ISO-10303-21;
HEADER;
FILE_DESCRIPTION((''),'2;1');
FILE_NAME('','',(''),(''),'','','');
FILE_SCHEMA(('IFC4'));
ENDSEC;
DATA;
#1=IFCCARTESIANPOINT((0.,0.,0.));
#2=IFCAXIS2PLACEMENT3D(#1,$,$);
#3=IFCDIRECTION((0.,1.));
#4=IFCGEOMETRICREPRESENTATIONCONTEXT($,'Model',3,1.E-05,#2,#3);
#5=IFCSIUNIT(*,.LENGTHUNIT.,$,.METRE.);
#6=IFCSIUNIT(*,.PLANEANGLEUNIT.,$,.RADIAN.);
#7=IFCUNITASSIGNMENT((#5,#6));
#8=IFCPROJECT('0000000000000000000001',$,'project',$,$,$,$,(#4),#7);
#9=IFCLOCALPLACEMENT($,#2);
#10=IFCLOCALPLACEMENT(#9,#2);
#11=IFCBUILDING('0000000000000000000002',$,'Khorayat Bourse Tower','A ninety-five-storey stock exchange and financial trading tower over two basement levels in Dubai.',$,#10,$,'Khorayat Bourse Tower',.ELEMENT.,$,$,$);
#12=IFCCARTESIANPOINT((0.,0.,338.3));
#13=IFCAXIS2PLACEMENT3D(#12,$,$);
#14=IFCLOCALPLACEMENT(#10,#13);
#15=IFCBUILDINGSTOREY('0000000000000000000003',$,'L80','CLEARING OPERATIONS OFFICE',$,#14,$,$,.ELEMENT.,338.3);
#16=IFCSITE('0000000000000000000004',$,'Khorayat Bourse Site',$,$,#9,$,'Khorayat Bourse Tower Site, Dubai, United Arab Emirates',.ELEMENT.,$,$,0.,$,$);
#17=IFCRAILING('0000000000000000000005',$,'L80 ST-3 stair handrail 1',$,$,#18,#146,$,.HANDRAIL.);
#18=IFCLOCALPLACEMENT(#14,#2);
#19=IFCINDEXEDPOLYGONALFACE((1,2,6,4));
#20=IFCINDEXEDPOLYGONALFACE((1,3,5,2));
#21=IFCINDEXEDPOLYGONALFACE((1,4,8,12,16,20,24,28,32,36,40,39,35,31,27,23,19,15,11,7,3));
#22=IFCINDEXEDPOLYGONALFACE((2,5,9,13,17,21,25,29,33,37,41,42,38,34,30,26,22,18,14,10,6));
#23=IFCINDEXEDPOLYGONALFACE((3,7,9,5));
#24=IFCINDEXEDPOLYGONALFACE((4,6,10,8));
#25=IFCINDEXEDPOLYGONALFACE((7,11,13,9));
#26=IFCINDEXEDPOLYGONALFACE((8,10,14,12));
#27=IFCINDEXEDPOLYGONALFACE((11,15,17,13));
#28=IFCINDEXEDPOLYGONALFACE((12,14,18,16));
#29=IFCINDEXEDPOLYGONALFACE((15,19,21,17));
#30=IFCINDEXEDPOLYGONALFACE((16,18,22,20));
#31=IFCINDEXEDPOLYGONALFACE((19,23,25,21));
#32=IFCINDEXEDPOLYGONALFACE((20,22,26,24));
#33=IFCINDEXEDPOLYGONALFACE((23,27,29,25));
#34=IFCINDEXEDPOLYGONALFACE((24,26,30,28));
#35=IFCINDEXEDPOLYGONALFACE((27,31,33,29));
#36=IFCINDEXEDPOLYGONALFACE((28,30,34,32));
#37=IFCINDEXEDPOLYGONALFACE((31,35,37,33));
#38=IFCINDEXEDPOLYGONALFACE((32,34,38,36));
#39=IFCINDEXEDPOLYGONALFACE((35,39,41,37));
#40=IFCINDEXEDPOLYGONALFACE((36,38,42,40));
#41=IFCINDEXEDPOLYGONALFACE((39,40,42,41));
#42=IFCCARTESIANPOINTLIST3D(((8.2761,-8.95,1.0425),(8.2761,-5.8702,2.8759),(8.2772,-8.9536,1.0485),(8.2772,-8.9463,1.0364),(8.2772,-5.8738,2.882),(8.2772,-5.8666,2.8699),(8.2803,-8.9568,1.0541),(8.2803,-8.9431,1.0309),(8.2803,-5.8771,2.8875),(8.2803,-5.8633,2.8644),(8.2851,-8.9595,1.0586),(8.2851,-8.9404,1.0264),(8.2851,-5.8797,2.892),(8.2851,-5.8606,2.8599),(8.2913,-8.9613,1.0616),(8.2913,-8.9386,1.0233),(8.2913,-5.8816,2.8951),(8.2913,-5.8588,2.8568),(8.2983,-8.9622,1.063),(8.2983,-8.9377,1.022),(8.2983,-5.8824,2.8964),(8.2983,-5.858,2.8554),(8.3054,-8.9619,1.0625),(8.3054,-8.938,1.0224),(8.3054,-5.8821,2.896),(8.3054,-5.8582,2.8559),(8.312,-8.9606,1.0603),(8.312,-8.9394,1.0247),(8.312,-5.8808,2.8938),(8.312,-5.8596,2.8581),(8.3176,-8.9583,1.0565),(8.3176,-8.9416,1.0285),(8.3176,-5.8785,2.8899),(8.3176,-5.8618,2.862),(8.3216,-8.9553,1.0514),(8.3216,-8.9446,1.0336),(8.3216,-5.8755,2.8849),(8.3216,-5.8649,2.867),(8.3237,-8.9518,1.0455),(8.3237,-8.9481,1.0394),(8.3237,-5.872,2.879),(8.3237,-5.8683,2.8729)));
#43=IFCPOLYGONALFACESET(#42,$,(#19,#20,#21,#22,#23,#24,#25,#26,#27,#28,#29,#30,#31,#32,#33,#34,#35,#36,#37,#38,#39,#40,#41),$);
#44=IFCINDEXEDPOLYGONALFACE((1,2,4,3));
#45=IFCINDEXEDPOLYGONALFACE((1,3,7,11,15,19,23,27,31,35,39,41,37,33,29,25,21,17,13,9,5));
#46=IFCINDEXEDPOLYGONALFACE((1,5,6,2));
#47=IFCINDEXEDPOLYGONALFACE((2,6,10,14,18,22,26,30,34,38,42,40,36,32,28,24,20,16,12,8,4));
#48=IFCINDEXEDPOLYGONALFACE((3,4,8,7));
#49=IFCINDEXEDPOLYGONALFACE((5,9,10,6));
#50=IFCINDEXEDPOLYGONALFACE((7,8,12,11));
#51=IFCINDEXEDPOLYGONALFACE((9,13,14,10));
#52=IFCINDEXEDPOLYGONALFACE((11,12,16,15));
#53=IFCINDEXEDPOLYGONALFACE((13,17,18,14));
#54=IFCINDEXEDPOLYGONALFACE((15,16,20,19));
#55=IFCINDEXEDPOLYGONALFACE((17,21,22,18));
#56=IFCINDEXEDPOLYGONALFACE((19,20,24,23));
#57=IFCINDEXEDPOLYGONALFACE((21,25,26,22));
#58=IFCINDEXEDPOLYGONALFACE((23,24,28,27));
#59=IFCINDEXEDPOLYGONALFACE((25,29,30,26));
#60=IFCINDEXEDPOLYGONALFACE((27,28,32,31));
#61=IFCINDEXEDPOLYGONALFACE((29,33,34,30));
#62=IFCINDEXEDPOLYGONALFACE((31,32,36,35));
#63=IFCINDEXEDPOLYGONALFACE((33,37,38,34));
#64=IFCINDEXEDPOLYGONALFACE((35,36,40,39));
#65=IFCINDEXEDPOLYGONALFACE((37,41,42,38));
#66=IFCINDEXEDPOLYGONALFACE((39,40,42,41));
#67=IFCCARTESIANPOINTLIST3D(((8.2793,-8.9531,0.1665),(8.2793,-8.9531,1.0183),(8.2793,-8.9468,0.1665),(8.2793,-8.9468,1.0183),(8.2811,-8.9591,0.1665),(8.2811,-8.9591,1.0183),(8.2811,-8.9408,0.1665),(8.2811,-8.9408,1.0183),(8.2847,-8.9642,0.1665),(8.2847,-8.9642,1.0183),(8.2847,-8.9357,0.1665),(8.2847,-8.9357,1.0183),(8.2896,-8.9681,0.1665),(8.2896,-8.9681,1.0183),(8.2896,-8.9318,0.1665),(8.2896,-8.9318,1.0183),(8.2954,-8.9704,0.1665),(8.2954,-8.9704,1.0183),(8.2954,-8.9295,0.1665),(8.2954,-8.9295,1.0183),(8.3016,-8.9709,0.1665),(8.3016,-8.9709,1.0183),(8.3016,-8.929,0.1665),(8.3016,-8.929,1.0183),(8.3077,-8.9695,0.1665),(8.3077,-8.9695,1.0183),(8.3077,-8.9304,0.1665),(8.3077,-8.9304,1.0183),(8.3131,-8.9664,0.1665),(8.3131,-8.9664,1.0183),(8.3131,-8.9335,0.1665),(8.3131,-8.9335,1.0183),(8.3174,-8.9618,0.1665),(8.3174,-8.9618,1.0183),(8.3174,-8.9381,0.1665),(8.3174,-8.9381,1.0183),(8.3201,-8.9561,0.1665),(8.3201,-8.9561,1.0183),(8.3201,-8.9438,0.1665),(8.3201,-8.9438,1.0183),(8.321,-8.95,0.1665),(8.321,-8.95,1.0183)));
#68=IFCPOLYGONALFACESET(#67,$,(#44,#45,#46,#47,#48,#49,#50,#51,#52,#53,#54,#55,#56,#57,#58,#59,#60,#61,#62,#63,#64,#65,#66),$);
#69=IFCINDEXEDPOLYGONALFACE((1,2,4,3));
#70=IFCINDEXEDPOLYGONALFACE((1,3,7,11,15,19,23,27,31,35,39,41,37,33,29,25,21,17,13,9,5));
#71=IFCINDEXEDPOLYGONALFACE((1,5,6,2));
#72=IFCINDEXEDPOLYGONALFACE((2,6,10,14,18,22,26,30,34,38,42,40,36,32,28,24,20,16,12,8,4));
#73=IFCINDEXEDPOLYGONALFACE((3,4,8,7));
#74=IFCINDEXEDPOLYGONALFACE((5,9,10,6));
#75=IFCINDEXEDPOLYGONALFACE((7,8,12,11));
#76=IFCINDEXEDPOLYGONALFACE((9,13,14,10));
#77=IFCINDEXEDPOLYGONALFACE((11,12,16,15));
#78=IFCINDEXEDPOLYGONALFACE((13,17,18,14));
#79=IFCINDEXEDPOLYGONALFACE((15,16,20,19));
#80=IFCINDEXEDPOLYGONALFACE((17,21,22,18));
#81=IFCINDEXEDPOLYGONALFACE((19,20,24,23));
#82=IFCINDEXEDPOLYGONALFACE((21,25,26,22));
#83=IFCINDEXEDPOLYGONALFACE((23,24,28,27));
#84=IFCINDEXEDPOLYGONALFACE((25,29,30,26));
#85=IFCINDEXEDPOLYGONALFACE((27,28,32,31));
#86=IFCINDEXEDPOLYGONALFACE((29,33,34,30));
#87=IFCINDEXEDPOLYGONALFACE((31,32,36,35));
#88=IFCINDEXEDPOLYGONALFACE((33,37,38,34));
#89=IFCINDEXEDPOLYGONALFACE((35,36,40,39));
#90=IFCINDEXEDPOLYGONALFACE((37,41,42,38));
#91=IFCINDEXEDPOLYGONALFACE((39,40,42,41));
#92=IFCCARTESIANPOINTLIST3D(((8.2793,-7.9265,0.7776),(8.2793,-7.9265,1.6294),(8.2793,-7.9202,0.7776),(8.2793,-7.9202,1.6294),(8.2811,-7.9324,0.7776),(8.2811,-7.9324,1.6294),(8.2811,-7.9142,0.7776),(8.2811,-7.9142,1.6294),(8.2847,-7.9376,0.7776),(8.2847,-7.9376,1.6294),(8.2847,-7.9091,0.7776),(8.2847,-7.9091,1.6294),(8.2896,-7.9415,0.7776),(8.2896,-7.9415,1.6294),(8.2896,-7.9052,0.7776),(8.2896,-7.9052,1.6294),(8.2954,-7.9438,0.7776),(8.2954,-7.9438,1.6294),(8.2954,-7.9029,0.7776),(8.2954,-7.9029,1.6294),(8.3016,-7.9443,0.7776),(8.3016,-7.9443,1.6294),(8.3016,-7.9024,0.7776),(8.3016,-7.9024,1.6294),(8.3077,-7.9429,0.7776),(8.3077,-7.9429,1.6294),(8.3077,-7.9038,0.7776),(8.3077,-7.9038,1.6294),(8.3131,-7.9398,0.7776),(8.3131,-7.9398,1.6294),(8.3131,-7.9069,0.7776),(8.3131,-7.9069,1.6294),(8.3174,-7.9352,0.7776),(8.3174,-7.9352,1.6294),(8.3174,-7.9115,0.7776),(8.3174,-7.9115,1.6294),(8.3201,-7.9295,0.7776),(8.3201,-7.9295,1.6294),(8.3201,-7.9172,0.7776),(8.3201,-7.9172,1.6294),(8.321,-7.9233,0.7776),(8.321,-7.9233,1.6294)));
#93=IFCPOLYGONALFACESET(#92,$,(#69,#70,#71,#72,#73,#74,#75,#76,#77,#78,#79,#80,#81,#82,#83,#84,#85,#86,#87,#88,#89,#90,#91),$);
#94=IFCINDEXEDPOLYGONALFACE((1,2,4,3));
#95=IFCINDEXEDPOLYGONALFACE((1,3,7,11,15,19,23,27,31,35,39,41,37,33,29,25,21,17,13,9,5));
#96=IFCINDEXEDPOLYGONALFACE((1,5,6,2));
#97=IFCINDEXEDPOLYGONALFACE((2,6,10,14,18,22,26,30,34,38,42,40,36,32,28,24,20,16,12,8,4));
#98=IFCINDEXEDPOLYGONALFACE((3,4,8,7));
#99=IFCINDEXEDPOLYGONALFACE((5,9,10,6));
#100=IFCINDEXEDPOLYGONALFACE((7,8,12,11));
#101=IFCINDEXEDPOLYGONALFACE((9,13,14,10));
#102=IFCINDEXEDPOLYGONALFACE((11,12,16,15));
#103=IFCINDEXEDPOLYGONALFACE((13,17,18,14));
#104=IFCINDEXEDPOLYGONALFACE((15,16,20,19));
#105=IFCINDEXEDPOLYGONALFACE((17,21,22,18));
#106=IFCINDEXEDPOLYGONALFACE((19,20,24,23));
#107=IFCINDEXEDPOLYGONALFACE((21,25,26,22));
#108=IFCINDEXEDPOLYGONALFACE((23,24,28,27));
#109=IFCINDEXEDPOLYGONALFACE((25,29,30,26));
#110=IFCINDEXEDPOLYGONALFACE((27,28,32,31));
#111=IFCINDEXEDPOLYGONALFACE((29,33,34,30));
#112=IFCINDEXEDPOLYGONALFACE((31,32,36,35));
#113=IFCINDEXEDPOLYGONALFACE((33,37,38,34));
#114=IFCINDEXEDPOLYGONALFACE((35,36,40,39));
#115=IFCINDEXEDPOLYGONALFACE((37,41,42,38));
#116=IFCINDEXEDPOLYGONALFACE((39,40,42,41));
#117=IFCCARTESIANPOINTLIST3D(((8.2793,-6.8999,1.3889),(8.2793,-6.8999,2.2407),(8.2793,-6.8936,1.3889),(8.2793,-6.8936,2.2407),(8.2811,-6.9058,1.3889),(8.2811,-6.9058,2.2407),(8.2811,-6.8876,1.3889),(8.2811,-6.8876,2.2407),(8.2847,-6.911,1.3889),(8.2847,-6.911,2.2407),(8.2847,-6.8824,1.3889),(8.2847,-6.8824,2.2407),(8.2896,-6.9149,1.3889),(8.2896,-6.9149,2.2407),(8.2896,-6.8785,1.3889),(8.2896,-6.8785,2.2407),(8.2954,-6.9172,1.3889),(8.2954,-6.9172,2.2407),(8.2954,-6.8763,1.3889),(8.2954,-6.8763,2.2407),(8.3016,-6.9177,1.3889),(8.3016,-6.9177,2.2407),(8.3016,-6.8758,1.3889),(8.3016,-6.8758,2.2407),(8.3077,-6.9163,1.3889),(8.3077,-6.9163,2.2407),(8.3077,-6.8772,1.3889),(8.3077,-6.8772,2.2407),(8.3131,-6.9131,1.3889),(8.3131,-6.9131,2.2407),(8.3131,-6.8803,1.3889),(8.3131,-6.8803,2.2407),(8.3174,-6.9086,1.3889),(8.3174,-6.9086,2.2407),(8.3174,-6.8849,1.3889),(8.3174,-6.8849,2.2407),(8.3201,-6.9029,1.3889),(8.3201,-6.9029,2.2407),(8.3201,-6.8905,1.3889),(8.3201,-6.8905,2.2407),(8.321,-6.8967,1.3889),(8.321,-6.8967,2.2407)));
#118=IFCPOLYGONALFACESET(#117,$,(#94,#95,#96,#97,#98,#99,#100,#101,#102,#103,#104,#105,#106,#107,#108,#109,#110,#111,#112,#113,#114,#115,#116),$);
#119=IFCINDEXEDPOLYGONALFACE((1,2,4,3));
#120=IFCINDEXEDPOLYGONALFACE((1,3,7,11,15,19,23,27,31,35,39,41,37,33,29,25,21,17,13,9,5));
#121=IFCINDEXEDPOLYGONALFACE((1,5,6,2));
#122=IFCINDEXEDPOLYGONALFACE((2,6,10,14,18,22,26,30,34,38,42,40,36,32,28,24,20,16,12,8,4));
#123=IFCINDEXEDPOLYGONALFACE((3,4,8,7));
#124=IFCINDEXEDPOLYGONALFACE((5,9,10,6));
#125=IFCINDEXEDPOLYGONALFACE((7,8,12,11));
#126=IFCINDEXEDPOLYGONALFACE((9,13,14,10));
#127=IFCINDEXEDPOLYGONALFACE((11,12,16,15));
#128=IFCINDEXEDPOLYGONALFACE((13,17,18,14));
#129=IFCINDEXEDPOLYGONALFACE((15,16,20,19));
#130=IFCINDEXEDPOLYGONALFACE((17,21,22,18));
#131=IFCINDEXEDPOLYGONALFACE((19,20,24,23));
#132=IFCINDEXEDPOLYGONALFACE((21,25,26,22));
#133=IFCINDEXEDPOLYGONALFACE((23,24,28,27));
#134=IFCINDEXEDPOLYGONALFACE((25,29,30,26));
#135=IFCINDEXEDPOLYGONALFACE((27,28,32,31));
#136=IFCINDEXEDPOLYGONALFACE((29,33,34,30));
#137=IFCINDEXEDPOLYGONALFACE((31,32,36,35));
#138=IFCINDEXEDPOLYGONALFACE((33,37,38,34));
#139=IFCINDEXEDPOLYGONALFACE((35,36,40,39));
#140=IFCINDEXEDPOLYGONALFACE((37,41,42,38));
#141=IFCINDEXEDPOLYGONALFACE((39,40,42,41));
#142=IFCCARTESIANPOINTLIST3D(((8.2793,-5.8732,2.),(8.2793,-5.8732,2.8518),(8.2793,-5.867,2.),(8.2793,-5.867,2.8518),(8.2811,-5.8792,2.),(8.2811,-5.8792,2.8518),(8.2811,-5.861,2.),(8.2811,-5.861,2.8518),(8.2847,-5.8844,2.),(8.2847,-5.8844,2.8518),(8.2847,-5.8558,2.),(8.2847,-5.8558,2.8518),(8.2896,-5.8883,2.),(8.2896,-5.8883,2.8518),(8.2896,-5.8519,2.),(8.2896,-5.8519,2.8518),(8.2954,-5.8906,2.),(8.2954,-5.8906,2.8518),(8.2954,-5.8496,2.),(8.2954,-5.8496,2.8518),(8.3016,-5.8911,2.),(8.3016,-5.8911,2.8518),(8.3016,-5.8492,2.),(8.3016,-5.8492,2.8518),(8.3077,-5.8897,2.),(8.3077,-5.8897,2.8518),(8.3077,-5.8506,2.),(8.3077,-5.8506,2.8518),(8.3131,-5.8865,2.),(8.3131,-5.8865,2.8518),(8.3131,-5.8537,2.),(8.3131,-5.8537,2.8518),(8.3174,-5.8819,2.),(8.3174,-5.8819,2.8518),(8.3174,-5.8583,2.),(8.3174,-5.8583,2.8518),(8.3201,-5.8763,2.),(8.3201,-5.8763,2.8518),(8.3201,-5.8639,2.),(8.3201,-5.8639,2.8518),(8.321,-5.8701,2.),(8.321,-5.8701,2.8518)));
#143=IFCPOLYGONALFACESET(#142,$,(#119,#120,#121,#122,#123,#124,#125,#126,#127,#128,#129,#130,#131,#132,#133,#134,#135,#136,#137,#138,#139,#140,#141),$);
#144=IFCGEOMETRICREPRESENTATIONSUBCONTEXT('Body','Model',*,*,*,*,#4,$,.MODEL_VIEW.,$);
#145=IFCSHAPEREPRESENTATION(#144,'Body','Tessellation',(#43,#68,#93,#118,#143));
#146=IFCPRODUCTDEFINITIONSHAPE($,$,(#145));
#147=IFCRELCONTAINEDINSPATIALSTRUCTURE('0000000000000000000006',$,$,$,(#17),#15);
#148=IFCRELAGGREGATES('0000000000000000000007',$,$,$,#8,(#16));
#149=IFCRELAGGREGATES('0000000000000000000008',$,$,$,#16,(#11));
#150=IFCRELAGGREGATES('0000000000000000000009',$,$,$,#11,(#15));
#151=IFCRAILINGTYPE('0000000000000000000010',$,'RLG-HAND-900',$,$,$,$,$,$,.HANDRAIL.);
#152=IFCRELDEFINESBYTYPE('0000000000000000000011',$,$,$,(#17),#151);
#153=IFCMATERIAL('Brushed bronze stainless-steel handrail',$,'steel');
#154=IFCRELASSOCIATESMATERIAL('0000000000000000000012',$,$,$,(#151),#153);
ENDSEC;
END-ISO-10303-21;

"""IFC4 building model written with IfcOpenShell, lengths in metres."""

from ifc_helpers import new_model, si_unit, direction, frame, origin, origin_2d, place, context, subcontext, project, spatial, circle, extrude, source, transform, mapped, material, type_object, element, save


model = new_model("IFC4")

# Units and contexts
model_context = context("Model", 3, precision=1e-05, world=origin(), true_north=direction((0.0, 1.0)))
body_context = subcontext(model_context, "Body", "Model", "MODEL_VIEW")
ifc_project = project(units=[si_unit("LENGTHUNIT", "METRE"), si_unit("PLANEANGLEUNIT", "RADIAN")], contexts=[model_context])

# Site, building, storey
site_placement = place(None, origin())
site = spatial("IfcSite", under=ifc_project, at=site_placement, Name="Khorayat Bourse Site", LongName="Khorayat Bourse Tower Site, Dubai, United Arab Emirates", CompositionType="ELEMENT", RefElevation=0.0)
building_placement = place(site_placement, origin())
building = spatial("IfcBuilding", under=site, at=building_placement, Name="Khorayat Bourse Tower", Description="A ninety-five-storey stock exchange and financial trading tower over two basement levels in Dubai.", LongName="Khorayat Bourse Tower", CompositionType="ELEMENT")
storey_placement = place(building_placement, frame((0.0, 0.0, 338.3)))
storey = spatial("IfcBuildingStorey", under=building, at=storey_placement, Name="L80", Description="CLEARING OPERATIONS OFFICE", CompositionType="ELEMENT", Elevation=338.3)

# Railing
ifc_material_1 = material(Name="Brushed bronze stainless-steel handrail", Category="steel")
railing_type_1 = type_object("IfcRailingType", Name="RLG-HAND-900", PredefinedType="HANDRAIL", material=ifc_material_1)
shared_shape_1 = source(origin(), body_context, "Body", "SweptSolid", [
    extrude(circle(Radius=0.0239, at=origin_2d()), frame((0.0, 0.0, 0.876), z_axis=(0.0, 0.859261, 0.511538), x_axis=(-1.0, 0.0, 0.0)), (0.0, 0.0, 1.0), 3.5842),
    extrude(circle(Radius=0.021, at=origin_2d()), origin(), (0.0, 0.0, 1.0), 0.8518),
    extrude(circle(Radius=0.021, at=origin_2d()), frame((0.0, 1.0266, 0.6111)), (0.0, 0.0, 1.0), 0.8518),
    extrude(circle(Radius=0.021, at=origin_2d()), frame((0.0, 2.0532, 1.2224)), (0.0, 0.0, 1.0), 0.8518),
    extrude(circle(Radius=0.021, at=origin_2d()), frame((0.0, 3.0798, 1.8335)), (0.0, 0.0, 1.0), 0.8518),
])
railing_1_placement = place(storey_placement, frame((8.3, -8.95, 0.1665)))
element("IfcRailing", 1, at=railing_1_placement, inside=storey, type_object=railing_type_1, Name="L80 ST-3 stair handrail 1", PredefinedType="HANDRAIL", context=body_context, shape_type="MappedRepresentation", body=[
    mapped(shared_shape_1, transform((0.0, 0.0, 0.0), scale=1.0)),
])

save(model, "model.ifc")
